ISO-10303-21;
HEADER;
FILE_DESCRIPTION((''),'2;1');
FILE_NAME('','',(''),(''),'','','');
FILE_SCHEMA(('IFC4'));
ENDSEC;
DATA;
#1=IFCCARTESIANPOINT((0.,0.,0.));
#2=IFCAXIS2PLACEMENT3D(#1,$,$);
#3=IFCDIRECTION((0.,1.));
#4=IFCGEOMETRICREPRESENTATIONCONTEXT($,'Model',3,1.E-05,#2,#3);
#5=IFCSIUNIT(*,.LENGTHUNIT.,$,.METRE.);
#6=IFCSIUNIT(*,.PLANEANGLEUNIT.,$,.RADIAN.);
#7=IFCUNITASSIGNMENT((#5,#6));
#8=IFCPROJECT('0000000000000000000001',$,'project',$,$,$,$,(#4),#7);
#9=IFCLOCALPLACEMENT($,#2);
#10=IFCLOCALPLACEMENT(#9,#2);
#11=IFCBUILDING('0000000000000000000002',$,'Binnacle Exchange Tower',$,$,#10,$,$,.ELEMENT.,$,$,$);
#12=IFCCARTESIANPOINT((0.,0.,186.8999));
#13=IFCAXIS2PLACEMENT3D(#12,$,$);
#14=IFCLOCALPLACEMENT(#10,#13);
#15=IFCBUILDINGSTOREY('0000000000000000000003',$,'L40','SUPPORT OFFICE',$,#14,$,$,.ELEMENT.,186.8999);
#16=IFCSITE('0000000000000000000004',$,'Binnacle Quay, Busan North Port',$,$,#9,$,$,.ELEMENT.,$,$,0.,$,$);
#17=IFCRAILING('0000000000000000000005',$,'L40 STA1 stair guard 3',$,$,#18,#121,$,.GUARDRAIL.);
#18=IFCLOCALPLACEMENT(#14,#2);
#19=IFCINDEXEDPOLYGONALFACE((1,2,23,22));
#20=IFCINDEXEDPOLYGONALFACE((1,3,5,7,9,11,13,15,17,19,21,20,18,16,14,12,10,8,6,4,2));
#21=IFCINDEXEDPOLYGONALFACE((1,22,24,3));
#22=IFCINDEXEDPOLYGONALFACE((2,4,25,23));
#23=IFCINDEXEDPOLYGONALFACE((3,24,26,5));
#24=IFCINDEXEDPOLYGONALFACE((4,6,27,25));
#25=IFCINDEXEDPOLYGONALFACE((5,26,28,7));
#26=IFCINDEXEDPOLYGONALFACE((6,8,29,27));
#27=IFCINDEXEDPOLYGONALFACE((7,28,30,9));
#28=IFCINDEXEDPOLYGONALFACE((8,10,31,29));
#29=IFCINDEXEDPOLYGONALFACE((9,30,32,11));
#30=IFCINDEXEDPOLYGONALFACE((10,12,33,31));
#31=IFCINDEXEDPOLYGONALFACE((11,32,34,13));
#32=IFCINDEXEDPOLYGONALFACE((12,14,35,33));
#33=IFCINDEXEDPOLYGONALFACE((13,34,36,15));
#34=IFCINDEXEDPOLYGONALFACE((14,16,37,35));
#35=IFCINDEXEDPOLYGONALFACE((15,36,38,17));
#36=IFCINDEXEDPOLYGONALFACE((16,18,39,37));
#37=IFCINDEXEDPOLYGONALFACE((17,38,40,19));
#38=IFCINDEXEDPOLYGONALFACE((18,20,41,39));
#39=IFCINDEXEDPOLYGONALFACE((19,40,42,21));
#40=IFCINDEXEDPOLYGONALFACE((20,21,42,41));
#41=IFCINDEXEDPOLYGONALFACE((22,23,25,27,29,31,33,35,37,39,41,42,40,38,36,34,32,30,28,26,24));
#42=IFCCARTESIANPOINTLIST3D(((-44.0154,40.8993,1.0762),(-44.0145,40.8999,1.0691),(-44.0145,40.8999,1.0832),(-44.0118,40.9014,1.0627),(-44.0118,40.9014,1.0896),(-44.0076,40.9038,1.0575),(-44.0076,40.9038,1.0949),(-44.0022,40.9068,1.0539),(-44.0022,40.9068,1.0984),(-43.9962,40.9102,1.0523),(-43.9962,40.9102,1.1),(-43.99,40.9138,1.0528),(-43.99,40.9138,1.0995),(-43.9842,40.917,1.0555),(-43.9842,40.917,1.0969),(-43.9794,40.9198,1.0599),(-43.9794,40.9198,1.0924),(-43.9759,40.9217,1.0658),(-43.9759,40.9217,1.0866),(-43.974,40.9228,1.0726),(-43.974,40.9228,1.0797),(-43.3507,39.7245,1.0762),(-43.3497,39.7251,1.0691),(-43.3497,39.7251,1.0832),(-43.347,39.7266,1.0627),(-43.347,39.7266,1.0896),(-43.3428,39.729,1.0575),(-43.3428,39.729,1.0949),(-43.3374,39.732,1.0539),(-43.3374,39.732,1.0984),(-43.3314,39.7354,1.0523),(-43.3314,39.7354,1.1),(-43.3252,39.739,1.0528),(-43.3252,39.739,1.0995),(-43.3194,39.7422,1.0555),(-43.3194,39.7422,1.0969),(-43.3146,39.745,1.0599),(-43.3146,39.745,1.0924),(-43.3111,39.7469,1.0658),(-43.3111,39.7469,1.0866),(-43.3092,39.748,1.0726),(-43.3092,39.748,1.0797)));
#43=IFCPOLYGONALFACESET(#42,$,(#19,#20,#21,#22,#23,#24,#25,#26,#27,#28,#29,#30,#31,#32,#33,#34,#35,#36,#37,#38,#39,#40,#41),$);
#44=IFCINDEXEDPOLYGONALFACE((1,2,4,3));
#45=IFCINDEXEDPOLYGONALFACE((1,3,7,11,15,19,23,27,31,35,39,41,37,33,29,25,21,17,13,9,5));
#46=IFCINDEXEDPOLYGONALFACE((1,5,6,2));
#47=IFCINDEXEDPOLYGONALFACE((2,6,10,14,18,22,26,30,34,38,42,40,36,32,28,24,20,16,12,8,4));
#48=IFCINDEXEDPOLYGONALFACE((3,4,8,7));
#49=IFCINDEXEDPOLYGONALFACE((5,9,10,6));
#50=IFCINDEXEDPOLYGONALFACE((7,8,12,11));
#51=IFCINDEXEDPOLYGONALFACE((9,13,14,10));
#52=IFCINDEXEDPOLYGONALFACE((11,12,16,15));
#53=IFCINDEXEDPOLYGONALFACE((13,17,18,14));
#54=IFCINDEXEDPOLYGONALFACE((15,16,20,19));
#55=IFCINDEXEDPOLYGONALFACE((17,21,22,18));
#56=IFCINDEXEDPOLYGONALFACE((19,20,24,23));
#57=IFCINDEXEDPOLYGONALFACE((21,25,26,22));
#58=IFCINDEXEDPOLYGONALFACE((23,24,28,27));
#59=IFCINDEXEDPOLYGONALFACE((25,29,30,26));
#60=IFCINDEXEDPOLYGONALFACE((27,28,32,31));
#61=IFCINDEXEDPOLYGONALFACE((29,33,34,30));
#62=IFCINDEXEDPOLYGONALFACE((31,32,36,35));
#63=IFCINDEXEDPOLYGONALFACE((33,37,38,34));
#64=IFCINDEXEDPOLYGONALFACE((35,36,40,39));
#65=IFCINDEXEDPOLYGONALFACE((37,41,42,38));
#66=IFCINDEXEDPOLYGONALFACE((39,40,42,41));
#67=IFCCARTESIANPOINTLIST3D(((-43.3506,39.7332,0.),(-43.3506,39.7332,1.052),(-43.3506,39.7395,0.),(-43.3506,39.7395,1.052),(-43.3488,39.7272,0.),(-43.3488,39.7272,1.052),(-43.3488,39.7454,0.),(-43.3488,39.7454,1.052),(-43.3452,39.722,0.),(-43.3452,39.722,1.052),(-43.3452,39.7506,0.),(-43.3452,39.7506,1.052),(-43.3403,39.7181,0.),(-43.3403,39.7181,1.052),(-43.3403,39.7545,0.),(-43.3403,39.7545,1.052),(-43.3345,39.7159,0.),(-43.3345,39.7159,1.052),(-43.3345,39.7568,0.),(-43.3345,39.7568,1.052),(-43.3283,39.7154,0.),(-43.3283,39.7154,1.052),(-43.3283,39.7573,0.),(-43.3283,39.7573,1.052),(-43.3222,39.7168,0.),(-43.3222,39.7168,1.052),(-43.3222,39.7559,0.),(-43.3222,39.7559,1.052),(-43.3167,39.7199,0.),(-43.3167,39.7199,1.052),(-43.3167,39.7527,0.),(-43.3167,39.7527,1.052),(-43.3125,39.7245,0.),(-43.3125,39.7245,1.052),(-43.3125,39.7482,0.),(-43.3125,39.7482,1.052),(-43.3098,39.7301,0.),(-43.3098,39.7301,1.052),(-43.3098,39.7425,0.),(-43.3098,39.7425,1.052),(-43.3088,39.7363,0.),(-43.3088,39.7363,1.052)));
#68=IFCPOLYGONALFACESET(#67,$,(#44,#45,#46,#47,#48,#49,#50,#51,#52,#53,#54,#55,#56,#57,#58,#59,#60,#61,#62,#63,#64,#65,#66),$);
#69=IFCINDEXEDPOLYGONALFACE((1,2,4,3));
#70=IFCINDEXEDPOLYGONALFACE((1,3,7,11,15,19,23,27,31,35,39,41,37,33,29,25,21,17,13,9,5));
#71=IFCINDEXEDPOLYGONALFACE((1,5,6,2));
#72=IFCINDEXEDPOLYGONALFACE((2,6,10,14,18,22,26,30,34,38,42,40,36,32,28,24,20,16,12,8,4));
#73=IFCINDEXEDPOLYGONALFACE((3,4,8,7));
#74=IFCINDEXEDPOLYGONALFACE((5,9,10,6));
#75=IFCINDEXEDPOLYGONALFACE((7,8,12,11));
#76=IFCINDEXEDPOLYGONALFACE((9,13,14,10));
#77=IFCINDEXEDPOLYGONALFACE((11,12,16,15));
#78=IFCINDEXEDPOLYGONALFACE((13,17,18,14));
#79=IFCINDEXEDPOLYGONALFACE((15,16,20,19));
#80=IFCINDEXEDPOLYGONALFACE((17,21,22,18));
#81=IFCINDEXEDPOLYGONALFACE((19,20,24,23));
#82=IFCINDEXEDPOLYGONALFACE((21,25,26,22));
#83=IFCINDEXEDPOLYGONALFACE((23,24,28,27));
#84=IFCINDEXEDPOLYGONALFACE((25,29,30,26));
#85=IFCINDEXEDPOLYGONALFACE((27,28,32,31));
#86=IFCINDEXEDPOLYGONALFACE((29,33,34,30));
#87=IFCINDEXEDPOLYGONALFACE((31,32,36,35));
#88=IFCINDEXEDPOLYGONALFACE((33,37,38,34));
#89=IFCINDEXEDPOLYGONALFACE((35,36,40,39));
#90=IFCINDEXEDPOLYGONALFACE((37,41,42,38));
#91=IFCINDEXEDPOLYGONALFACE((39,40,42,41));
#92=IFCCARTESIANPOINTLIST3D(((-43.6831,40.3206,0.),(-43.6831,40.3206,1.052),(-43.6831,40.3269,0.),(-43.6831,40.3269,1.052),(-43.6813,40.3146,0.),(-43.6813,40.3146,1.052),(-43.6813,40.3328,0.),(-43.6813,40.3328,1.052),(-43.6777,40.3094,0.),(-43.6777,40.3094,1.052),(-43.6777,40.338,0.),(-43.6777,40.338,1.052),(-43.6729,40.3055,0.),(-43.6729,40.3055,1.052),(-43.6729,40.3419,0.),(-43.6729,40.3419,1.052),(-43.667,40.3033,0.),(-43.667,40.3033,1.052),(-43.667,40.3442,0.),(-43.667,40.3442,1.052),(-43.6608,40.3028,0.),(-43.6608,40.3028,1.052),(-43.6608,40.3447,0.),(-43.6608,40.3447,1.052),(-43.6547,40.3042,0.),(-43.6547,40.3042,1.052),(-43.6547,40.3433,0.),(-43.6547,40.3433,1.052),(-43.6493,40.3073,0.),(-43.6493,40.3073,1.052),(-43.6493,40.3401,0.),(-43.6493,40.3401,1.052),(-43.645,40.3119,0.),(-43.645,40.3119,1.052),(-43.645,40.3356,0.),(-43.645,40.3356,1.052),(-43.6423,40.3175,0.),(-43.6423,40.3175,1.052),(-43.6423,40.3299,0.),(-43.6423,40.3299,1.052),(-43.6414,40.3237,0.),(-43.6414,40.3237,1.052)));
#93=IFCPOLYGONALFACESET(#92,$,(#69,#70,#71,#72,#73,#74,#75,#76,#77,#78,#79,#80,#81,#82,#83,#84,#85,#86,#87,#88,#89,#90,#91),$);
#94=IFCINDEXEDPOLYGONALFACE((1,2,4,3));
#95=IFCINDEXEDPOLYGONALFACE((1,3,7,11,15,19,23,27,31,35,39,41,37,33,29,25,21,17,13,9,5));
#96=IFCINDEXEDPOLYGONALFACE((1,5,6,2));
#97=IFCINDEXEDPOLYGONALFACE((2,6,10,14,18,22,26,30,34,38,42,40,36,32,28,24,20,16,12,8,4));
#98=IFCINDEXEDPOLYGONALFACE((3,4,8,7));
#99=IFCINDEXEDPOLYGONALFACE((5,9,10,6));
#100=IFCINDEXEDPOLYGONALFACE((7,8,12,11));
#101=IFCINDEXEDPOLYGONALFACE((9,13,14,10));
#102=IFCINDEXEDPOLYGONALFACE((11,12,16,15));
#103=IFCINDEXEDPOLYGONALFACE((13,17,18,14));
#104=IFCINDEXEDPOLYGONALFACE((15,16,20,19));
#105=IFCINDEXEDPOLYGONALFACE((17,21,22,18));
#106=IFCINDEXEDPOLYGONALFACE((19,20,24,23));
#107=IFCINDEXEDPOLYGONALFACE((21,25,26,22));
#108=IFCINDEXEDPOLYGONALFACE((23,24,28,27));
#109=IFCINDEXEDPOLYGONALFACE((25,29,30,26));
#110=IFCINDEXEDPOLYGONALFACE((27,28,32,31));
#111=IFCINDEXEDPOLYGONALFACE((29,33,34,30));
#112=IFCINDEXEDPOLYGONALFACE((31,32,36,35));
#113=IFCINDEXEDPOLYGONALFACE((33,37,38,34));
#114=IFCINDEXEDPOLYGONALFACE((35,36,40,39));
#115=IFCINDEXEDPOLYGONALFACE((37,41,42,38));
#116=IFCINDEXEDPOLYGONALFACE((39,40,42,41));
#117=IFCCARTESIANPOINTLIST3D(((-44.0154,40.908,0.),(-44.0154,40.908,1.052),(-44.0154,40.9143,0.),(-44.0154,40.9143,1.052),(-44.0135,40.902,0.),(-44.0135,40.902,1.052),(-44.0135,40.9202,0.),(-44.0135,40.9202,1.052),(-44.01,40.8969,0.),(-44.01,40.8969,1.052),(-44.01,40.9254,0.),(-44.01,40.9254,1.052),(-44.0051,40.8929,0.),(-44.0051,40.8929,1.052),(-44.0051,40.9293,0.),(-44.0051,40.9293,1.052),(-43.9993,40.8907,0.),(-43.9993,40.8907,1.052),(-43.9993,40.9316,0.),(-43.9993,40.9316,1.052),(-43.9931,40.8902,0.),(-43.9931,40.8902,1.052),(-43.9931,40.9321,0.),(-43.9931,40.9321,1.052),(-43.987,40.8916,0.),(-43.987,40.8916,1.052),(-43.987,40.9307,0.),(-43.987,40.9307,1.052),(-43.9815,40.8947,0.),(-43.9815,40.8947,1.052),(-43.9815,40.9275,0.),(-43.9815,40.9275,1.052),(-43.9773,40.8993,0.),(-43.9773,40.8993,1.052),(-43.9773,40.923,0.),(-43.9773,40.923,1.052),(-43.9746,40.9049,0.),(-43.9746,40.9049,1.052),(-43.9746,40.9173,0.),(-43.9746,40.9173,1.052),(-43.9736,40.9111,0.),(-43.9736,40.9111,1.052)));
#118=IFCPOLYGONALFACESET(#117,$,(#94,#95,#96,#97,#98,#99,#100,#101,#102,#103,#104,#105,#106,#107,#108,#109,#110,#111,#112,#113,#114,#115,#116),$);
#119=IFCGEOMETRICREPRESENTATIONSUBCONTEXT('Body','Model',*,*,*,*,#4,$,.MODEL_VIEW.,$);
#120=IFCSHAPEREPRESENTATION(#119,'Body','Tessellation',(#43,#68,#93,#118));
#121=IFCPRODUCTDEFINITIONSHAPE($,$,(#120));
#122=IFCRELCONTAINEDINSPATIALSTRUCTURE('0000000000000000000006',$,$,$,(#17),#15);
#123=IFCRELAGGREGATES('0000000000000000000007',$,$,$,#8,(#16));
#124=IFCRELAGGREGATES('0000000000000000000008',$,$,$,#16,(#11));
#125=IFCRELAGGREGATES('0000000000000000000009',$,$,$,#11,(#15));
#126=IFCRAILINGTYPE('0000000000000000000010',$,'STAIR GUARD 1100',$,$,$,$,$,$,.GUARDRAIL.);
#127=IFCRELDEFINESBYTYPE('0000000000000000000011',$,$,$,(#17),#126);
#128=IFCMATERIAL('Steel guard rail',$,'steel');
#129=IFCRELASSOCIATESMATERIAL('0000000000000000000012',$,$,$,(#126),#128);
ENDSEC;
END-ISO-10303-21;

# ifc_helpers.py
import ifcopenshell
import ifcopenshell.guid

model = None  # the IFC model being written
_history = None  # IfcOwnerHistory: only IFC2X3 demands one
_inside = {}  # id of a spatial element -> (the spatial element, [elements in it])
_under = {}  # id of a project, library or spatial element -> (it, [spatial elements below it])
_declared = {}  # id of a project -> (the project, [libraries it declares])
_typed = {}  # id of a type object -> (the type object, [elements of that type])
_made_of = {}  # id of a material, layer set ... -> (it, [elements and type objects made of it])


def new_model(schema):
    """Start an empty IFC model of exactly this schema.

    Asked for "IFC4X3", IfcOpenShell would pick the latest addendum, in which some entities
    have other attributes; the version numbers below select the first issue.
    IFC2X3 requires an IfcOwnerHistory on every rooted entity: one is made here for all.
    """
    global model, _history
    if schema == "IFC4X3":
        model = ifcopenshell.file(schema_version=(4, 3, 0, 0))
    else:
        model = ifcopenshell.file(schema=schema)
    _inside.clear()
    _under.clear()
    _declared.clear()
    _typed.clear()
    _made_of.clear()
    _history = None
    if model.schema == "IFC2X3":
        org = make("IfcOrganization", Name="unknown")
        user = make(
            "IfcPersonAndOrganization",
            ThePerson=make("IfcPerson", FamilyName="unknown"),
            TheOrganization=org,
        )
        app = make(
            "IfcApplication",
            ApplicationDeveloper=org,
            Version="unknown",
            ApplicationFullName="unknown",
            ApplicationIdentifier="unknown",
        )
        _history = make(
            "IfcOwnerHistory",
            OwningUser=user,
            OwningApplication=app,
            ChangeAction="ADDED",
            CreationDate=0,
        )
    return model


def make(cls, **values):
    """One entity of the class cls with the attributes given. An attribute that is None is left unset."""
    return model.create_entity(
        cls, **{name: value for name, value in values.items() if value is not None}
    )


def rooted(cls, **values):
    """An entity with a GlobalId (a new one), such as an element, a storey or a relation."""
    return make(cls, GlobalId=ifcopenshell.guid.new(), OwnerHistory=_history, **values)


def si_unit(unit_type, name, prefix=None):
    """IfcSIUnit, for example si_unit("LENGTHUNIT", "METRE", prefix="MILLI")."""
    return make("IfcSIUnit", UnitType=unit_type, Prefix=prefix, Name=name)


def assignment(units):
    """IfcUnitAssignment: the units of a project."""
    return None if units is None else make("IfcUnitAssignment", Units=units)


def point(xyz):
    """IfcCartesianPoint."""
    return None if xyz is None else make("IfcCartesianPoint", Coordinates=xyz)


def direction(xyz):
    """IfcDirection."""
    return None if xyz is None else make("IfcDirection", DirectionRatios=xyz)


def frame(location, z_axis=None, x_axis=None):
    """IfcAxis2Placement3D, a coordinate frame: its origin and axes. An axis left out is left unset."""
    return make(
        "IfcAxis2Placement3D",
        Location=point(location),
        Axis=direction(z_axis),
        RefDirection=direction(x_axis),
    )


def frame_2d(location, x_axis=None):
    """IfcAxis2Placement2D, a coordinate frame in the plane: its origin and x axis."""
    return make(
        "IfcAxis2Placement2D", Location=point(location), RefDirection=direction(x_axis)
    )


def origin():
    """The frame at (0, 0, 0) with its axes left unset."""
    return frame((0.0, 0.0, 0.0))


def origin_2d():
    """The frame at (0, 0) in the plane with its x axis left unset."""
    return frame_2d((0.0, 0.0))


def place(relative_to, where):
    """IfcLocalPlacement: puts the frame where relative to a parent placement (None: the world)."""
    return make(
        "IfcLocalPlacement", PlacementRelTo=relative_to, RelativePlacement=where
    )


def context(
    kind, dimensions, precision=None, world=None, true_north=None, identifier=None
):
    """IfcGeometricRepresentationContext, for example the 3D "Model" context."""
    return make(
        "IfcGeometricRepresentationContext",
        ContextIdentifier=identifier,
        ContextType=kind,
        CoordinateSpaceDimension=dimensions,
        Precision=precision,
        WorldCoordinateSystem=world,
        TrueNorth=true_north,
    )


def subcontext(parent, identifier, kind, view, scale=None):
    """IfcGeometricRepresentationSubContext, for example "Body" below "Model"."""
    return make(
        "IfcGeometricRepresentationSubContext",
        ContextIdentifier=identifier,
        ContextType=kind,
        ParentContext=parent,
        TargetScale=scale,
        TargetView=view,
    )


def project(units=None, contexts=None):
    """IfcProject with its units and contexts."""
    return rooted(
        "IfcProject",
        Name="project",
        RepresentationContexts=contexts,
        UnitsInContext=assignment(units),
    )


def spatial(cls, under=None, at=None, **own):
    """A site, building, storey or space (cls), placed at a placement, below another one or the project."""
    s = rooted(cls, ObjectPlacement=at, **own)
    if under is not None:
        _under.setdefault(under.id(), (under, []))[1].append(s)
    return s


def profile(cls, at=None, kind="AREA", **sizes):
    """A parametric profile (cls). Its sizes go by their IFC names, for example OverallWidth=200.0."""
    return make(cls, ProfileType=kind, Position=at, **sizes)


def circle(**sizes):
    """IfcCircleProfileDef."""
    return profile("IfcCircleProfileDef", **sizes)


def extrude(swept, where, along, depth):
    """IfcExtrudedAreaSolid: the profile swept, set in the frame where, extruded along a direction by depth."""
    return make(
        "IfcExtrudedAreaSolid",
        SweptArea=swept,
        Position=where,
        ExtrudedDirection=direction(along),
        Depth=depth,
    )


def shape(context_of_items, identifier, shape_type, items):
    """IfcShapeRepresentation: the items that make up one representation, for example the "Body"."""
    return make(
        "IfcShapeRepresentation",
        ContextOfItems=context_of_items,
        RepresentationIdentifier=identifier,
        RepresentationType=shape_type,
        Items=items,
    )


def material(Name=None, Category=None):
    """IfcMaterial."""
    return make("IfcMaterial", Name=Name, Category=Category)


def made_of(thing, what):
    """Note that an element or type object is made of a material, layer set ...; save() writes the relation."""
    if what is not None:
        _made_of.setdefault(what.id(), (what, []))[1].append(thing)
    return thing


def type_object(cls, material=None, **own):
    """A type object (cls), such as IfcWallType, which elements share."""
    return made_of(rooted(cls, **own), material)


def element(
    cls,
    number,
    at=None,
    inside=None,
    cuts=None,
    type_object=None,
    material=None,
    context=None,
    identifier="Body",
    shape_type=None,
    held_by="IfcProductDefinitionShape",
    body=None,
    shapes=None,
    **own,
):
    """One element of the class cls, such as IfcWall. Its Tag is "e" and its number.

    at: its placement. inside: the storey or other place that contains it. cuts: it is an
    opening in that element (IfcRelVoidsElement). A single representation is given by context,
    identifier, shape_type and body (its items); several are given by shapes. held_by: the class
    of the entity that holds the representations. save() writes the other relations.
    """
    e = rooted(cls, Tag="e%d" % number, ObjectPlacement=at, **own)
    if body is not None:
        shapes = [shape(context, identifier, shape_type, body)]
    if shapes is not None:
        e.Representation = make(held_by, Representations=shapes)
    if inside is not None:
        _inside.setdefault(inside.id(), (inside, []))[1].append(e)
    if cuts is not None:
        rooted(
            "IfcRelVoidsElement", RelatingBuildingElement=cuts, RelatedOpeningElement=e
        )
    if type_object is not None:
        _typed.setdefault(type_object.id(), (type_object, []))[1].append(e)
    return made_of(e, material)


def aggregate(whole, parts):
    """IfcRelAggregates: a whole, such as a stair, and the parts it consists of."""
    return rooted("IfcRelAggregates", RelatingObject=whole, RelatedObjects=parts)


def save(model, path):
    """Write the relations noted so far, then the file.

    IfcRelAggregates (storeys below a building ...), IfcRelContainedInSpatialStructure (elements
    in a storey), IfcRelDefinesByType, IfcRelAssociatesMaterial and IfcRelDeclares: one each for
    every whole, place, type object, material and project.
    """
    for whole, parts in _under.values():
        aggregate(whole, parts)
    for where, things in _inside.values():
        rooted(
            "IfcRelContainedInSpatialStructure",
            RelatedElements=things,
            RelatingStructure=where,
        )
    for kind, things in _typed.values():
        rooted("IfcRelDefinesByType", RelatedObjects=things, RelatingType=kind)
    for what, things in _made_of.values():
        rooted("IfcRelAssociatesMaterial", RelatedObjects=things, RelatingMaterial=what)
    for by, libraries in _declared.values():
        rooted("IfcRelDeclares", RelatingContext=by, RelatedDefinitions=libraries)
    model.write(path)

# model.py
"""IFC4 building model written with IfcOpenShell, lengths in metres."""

from ifc_helpers import new_model, si_unit, direction, frame, origin, origin_2d, place, context, subcontext, project, spatial, circle, extrude, material, type_object, element, save


model = new_model("IFC4")

# Units and contexts
model_context = context("Model", 3, precision=1e-05, world=origin(), true_north=direction((0.0, 1.0)))
body_context = subcontext(model_context, "Body", "Model", "MODEL_VIEW")
ifc_project = project(units=[si_unit("LENGTHUNIT", "METRE"), si_unit("PLANEANGLEUNIT", "RADIAN")], contexts=[model_context])

# Site, building, storey
site_placement = place(None, origin())
site = spatial("IfcSite", under=ifc_project, at=site_placement, Name="Binnacle Quay, Busan North Port", CompositionType="ELEMENT", RefElevation=0.0)
building_placement = place(site_placement, origin())
building = spatial("IfcBuilding", under=site, at=building_placement, Name="Binnacle Exchange Tower", CompositionType="ELEMENT")
storey_placement = place(building_placement, frame((0.0, 0.0, 186.8999)))
storey = spatial("IfcBuildingStorey", under=building, at=storey_placement, Name="L40", Description="SUPPORT OFFICE", CompositionType="ELEMENT", Elevation=186.8999)

# Railing
ifc_material_1 = material(Name="Steel guard rail", Category="steel")
railing_type_1 = type_object("IfcRailingType", Name="STAIR GUARD 1100", PredefinedType="GUARDRAIL", material=ifc_material_1)
railing_1_placement = place(storey_placement, frame((-43.3298, 39.7363, 0.0)))
element("IfcRailing", 1, at=railing_1_placement, inside=storey, type_object=railing_type_1, Name="L40 STA1 stair guard 3", PredefinedType="GUARDRAIL", context=body_context, shape_type="SweptSolid", body=[
    extrude(circle(Radius=0.0239, at=origin_2d()), frame((0.0, 0.0, 1.0762), z_axis=(-0.492492, 0.870317, 0.0), x_axis=(-0.870317, -0.492492, 0.0)), (0.0, 0.0, 1.0), 1.3499),
    extrude(circle(Radius=0.021, at=origin_2d()), origin(), (0.0, 0.0, 1.0), 1.052),
    extrude(circle(Radius=0.021, at=origin_2d()), frame((-0.3325, 0.5874, 0.0)), (0.0, 0.0, 1.0), 1.052),
    extrude(circle(Radius=0.021, at=origin_2d()), frame((-0.6648, 1.1748, 0.0)), (0.0, 0.0, 1.0), 1.052),
])

save(model, "model.ifc")
